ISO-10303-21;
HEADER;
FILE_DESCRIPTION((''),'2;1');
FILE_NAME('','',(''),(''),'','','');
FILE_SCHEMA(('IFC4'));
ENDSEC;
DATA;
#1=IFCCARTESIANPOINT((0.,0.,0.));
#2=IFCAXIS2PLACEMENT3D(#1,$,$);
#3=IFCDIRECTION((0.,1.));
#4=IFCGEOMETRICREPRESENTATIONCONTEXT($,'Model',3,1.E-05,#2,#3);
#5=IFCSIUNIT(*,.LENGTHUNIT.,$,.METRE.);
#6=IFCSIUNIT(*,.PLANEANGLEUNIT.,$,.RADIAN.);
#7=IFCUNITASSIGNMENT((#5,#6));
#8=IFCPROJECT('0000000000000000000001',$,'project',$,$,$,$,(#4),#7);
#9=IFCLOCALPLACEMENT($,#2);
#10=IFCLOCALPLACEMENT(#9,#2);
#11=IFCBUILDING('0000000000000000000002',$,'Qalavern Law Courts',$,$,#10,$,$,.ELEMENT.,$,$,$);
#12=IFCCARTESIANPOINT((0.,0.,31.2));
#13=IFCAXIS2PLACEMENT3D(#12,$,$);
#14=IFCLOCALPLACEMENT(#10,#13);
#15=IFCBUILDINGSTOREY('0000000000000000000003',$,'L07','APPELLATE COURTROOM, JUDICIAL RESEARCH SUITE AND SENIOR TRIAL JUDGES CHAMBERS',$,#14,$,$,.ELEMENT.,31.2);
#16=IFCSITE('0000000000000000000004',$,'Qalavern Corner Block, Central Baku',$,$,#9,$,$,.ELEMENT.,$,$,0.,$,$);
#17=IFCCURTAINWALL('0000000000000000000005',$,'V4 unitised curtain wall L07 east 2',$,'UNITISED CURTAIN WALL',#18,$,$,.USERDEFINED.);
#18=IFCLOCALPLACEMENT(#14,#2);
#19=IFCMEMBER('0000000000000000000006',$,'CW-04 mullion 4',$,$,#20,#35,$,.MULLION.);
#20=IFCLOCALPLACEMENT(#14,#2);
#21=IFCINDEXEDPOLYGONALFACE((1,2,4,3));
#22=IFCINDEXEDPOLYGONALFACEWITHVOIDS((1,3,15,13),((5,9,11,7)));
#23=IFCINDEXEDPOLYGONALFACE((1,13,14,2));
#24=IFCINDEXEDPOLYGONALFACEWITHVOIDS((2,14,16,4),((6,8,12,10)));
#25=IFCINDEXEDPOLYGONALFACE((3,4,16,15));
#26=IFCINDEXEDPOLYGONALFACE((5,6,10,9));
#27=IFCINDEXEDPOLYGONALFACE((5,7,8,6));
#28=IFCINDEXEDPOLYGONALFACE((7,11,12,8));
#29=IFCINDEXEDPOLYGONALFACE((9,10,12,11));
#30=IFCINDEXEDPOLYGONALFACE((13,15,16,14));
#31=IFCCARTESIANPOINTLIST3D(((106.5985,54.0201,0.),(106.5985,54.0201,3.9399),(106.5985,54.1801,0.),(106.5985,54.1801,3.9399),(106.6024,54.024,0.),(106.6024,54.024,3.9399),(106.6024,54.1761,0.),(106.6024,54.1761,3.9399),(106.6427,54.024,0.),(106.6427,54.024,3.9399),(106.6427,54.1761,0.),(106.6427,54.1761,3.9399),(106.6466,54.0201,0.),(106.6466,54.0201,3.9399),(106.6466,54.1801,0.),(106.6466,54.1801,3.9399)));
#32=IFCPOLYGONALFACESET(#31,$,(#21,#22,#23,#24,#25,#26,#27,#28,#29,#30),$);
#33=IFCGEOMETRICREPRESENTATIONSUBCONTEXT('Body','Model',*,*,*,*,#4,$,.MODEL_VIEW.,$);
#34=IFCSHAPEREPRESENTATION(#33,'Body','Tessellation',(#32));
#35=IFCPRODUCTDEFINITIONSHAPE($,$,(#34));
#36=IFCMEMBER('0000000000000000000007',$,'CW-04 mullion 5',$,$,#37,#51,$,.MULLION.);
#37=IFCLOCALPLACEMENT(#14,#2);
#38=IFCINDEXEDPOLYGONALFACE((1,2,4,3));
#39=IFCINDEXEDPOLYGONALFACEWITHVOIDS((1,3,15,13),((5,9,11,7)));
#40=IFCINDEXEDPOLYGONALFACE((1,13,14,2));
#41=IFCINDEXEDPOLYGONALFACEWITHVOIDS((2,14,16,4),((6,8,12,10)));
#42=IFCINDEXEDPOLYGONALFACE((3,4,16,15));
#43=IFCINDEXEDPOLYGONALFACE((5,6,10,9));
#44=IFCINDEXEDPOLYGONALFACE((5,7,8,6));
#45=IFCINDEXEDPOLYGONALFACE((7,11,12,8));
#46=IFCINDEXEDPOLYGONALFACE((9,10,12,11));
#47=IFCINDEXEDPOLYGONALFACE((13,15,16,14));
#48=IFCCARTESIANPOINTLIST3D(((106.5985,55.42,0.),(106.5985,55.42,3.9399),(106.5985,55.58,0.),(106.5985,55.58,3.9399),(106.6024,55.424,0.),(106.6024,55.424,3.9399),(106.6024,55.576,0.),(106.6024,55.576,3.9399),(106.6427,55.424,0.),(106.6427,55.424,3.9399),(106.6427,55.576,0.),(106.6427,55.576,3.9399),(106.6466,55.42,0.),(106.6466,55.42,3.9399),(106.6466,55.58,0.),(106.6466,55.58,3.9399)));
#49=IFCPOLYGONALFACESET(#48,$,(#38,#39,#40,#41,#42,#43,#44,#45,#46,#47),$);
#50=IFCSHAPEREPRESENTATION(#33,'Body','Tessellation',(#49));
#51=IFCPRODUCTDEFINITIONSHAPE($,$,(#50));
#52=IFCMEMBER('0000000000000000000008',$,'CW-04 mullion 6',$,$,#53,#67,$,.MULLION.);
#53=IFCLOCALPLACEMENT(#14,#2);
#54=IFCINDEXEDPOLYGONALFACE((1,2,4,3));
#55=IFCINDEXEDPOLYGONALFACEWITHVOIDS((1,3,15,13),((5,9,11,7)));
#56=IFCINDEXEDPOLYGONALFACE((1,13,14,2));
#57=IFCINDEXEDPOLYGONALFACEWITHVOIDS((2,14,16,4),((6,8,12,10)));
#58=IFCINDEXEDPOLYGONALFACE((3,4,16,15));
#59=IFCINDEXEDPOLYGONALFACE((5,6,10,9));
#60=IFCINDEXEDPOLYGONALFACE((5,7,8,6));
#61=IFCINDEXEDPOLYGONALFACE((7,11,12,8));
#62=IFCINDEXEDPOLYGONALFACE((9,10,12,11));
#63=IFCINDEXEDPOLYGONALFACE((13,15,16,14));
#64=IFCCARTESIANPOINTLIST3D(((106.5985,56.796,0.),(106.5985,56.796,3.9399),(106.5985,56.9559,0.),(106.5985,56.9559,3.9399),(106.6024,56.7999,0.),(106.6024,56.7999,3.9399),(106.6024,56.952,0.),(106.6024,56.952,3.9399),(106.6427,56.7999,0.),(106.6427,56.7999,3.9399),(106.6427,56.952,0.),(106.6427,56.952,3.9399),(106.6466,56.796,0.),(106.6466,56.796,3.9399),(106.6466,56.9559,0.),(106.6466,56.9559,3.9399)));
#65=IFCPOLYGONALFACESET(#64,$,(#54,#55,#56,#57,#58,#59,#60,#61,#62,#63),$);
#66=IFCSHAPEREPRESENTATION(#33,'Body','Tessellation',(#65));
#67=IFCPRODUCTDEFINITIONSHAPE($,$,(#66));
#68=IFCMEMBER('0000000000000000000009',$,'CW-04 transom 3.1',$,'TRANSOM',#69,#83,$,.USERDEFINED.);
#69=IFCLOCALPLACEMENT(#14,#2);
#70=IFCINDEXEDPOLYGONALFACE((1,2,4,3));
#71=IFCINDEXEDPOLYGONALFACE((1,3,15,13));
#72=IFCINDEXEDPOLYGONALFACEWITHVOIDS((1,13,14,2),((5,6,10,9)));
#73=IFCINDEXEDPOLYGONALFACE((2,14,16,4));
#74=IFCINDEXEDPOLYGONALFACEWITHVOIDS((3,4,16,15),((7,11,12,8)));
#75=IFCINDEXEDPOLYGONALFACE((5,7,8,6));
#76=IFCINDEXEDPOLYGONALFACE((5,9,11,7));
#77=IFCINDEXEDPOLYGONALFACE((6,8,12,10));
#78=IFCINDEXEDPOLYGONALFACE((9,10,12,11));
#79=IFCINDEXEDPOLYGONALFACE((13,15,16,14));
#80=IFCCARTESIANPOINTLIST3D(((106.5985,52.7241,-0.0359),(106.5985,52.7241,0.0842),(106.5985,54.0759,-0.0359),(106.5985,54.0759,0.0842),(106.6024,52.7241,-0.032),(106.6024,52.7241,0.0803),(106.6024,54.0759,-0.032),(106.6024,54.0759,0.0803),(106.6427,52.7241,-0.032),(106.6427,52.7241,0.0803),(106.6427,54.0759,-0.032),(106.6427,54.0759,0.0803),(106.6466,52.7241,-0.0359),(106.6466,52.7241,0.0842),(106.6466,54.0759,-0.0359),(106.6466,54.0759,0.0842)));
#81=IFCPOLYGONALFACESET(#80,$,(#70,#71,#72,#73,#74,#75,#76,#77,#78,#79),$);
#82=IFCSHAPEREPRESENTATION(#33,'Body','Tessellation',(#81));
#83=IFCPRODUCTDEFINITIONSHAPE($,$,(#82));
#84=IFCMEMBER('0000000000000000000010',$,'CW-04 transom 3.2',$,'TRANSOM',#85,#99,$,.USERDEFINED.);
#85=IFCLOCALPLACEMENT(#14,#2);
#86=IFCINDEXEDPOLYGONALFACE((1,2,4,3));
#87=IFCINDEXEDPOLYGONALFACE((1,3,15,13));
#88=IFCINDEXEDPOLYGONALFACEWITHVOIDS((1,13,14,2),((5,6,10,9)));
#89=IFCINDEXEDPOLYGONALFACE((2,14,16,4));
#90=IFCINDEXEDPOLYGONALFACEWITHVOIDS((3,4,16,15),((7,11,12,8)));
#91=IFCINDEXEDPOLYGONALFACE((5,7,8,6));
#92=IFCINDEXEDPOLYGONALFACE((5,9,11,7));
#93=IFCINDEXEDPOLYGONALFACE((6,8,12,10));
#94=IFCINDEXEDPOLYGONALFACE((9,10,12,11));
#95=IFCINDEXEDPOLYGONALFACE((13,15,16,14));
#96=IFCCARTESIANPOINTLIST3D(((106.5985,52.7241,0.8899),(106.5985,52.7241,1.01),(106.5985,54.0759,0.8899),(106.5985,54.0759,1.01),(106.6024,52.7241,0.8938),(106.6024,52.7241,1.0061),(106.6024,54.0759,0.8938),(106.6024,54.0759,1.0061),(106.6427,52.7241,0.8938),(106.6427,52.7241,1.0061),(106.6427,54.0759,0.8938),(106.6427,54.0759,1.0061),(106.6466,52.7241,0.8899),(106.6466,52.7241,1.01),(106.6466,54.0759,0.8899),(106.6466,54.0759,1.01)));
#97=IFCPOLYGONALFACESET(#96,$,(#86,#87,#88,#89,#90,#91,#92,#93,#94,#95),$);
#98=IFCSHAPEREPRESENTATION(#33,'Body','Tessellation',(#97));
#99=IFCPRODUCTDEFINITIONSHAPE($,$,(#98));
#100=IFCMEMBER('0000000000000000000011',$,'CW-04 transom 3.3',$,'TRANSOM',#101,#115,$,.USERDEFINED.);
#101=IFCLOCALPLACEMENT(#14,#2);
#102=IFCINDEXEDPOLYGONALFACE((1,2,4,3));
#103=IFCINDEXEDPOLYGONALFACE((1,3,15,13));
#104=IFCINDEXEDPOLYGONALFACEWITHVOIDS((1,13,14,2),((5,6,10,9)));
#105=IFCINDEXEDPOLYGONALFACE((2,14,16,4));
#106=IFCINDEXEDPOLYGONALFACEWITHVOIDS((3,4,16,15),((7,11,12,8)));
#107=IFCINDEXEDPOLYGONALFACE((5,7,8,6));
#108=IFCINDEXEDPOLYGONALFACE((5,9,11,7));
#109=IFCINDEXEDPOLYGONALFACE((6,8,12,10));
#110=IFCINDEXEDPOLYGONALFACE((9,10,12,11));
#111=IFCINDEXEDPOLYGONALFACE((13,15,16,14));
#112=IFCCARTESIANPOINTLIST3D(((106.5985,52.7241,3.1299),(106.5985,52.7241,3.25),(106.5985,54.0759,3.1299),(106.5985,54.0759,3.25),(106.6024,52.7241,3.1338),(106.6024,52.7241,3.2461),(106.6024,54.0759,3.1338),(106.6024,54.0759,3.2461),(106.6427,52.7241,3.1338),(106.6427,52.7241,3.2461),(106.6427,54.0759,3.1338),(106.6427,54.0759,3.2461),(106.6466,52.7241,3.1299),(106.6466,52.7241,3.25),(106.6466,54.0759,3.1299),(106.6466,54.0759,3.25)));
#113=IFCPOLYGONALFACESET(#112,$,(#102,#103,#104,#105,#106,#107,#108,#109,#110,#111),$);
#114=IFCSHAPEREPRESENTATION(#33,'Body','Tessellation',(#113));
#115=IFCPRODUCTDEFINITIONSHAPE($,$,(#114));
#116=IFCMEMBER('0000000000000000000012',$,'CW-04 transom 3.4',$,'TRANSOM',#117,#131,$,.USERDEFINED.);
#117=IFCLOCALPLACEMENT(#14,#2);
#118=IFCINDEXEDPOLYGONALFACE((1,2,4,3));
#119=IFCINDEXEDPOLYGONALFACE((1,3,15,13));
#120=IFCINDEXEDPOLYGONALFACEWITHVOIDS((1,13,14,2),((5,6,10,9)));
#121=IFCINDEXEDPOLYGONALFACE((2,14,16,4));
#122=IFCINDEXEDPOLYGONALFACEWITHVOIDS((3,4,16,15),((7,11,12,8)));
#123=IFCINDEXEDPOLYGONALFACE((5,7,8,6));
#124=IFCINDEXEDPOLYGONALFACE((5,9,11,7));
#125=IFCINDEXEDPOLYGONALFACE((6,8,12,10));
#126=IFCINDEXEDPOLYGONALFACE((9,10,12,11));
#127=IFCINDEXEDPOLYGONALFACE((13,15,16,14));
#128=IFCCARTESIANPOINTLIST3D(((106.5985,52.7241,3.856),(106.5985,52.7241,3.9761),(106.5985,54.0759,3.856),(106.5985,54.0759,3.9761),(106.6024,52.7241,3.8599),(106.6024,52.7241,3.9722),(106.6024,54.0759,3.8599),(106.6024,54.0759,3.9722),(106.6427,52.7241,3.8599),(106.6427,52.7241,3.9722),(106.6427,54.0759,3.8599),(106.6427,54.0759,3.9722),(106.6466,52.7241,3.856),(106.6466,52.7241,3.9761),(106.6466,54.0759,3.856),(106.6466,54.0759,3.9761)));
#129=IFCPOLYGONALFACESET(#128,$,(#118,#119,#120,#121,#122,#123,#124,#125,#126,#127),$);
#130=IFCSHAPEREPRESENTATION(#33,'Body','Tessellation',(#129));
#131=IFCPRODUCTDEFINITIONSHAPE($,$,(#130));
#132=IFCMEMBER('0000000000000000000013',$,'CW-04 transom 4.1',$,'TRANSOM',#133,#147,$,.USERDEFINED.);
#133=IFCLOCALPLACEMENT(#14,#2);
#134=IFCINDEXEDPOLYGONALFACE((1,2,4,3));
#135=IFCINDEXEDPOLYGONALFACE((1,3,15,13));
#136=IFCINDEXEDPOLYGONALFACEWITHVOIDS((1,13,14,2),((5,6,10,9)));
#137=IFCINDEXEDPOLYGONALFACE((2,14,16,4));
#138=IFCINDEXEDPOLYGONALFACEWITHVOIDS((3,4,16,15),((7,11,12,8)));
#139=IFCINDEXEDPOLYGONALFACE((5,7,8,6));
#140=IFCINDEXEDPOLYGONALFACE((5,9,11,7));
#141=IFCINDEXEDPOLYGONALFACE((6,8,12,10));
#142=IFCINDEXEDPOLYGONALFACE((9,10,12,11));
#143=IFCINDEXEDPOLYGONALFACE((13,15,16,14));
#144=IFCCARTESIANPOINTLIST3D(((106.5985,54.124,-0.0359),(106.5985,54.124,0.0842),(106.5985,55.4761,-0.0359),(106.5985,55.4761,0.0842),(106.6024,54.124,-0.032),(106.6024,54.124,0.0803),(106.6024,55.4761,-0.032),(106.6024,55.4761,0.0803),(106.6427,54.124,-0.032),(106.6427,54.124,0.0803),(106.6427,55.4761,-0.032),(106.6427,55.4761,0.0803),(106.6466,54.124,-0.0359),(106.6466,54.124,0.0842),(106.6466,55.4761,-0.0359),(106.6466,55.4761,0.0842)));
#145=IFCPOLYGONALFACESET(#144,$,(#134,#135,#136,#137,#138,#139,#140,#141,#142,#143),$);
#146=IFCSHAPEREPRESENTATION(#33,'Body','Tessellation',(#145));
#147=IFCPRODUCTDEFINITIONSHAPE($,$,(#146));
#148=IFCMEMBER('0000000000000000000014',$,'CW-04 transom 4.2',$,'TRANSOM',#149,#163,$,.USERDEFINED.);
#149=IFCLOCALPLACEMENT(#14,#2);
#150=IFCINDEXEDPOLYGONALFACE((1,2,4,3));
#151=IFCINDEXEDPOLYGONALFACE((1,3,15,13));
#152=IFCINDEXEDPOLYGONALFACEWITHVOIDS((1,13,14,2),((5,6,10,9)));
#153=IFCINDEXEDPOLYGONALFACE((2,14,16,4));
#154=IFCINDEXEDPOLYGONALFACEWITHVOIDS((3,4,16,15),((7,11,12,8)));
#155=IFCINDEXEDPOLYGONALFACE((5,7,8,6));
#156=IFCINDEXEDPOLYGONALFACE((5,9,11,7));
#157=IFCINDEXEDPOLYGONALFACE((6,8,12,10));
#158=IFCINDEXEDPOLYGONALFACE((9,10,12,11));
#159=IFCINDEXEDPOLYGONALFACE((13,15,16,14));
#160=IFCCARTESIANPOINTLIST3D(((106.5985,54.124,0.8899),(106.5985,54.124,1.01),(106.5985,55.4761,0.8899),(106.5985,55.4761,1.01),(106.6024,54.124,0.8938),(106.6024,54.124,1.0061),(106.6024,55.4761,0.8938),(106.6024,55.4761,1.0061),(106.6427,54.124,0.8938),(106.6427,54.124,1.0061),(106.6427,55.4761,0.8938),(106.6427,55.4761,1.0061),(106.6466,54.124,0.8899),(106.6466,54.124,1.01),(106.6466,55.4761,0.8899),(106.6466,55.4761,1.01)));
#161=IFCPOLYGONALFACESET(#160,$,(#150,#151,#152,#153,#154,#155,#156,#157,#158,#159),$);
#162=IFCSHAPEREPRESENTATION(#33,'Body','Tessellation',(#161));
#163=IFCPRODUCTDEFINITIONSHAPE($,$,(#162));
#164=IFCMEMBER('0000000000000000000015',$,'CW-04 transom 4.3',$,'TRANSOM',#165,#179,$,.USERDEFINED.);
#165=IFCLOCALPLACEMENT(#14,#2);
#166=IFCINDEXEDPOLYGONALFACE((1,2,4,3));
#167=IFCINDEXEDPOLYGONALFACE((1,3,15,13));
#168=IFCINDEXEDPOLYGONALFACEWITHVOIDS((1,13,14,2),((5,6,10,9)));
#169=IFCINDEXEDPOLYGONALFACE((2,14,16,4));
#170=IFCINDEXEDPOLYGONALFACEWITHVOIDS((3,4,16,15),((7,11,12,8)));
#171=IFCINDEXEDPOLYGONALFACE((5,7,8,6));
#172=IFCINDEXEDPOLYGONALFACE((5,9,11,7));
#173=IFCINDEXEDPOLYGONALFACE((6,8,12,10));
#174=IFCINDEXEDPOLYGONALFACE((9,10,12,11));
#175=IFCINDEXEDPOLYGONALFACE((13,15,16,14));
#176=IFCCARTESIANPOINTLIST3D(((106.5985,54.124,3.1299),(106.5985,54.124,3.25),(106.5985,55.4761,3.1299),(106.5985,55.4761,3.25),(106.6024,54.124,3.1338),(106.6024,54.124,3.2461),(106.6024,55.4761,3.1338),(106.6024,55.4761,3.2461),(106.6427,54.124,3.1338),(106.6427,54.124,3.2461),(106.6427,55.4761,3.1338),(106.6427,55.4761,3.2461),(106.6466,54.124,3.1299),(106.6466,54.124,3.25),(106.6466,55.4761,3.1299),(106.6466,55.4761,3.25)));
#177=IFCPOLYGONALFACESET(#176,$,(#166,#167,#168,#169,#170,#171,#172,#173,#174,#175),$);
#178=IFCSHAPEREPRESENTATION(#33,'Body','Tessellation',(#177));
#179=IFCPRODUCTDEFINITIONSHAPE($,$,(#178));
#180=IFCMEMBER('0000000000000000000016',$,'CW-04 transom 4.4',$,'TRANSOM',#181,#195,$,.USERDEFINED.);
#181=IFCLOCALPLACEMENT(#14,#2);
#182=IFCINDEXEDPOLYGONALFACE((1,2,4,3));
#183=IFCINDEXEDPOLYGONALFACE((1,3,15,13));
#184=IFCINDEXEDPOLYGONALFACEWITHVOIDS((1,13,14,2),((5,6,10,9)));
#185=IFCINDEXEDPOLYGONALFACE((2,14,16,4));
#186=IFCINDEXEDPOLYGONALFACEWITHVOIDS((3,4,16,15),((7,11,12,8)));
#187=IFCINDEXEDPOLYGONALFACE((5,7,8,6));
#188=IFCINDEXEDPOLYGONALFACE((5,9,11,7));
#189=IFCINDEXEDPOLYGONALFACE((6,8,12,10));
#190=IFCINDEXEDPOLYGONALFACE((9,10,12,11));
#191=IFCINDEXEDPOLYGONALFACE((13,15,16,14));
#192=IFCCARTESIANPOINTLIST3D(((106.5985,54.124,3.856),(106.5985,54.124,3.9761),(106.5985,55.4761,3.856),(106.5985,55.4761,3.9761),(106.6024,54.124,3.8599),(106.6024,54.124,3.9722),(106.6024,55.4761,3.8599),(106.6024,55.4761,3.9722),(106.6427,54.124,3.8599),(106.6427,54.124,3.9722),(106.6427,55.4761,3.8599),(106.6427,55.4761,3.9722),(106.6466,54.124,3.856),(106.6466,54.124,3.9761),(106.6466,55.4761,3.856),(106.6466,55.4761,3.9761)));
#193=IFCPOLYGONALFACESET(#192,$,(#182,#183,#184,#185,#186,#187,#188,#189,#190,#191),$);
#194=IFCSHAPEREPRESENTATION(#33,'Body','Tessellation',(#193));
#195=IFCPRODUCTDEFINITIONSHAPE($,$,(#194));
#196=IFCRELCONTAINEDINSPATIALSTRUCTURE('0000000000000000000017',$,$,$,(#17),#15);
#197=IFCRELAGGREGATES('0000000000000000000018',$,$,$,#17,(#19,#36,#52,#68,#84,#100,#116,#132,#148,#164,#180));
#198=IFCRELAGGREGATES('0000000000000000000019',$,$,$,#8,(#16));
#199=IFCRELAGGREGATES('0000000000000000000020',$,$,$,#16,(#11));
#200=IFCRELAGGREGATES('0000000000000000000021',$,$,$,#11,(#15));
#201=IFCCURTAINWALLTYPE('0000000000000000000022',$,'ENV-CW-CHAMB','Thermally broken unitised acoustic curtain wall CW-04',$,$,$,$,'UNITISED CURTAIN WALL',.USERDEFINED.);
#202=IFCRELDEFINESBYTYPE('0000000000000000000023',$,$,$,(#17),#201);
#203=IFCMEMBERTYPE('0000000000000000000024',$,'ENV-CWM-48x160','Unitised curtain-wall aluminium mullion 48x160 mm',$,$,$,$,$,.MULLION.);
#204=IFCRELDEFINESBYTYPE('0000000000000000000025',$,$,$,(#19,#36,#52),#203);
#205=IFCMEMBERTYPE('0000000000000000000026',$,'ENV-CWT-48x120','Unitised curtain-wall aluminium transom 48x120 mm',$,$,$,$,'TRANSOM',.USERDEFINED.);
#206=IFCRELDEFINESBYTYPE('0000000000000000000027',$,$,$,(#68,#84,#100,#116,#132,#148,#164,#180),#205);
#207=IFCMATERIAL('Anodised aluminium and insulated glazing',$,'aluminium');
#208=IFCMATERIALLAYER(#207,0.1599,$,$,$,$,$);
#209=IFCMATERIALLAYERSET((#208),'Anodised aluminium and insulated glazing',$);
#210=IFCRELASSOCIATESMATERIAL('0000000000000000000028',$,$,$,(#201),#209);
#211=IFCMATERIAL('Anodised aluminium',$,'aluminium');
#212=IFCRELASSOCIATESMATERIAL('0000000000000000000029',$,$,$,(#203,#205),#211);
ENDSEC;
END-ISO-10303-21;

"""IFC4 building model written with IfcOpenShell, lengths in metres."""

from ifc_helpers import new_model, si_unit, direction, frame, origin, origin_2d, place, context, subcontext, project, spatial, hollow_rectangle, extrude, material, layer, layer_set, material_profile, profile_set, type_object, element, aggregate, save


model = new_model("IFC4")

# Units and contexts
model_context = context("Model", 3, precision=1e-05, world=origin(), true_north=direction((0.0, 1.0)))
body_context = subcontext(model_context, "Body", "Model", "MODEL_VIEW")
ifc_project = project(units=[si_unit("LENGTHUNIT", "METRE"), si_unit("PLANEANGLEUNIT", "RADIAN")], contexts=[model_context])

# Site, building, storey
site_placement = place(None, origin())
site = spatial("IfcSite", under=ifc_project, at=site_placement, Name="Qalavern Corner Block, Central Baku", CompositionType="ELEMENT", RefElevation=0.0)
building_placement = place(site_placement, origin())
building = spatial("IfcBuilding", under=site, at=building_placement, Name="Qalavern Law Courts", CompositionType="ELEMENT")
storey_placement = place(building_placement, frame((0.0, 0.0, 31.2)))
storey = spatial("IfcBuildingStorey", under=building, at=storey_placement, Name="L07", Description="APPELLATE COURTROOM, JUDICIAL RESEARCH SUITE AND SENIOR TRIAL JUDGES CHAMBERS", CompositionType="ELEMENT", Elevation=31.2)

# Curtain wall, members
ifc_material_1 = material(Name="Anodised aluminium and insulated glazing", Category="aluminium")
ifc_layer_1 = layer(ifc_material_1, 0.1599)
ifc_layer_set_1 = layer_set([ifc_layer_1], Name="Anodised aluminium and insulated glazing")
curtain_wall_type = type_object("IfcCurtainWallType", Name="ENV-CW-CHAMB", Description="Thermally broken unitised acoustic curtain wall CW-04", ElementType="UNITISED CURTAIN WALL", PredefinedType="USERDEFINED", material=ifc_layer_set_1)
curtain_wall_placement = place(storey_placement, origin())
curtain_wall = element("IfcCurtainWall", 1, at=curtain_wall_placement, inside=storey, type_object=curtain_wall_type, Name="V4 unitised curtain wall L07 east 2", ObjectType="UNITISED CURTAIN WALL", PredefinedType="USERDEFINED")
ifc_material_2 = material(Name="Anodised aluminium", Category="aluminium")
ifc_material_profile_1 = material_profile(ifc_material_2, hollow_rectangle(XDim=0.0481, YDim=0.1599, WallThickness=0.0039, at=origin_2d()), Name="ALU MULLION 48x160")
ifc_profile_set_1 = profile_set([ifc_material_profile_1], Name="Anodised aluminium")
member_type_1 = type_object("IfcMemberType", Name="ENV-CWM-48x160", Description="Unitised curtain-wall aluminium mullion 48x160 mm", PredefinedType="MULLION", material=ifc_profile_set_1)
member_1_placement = place(storey_placement, frame((106.6226, 54.1001, 0.0), z_axis=(0.0, 0.0, 1.0), x_axis=(-1.0, 0.0, 0.0)))
member_1 = element("IfcMember", 2, at=member_1_placement, type_object=member_type_1, Name="CW-04 mullion 4", PredefinedType="MULLION", context=body_context, shape_type="SweptSolid", body=[
    extrude(hollow_rectangle(XDim=0.0481, YDim=0.1599, WallThickness=0.0039, at=origin_2d()), origin(), (0.0, 0.0, 1.0), 3.9399),
])
member_2_placement = place(storey_placement, frame((106.6226, 55.5, 0.0), z_axis=(0.0, 0.0, 1.0), x_axis=(-1.0, 0.0, 0.0)))
member_2 = element("IfcMember", 3, at=member_2_placement, type_object=member_type_1, Name="CW-04 mullion 5", PredefinedType="MULLION", context=body_context, shape_type="SweptSolid", body=[
    extrude(hollow_rectangle(XDim=0.0481, YDim=0.1599, WallThickness=0.0039, at=origin_2d()), origin(), (0.0, 0.0, 1.0), 3.9399),
])
member_3_placement = place(storey_placement, frame((106.6226, 56.876, 0.0), z_axis=(0.0, 0.0, 1.0), x_axis=(-1.0, 0.0, 0.0)))
member_3 = element("IfcMember", 4, at=member_3_placement, type_object=member_type_1, Name="CW-04 mullion 6", PredefinedType="MULLION", context=body_context, shape_type="SweptSolid", body=[
    extrude(hollow_rectangle(XDim=0.0481, YDim=0.1599, WallThickness=0.0039, at=origin_2d()), origin(), (0.0, 0.0, 1.0), 3.9399),
])
ifc_material_profile_2 = material_profile(ifc_material_2, hollow_rectangle(XDim=0.0481, YDim=0.1201, WallThickness=0.0039, at=origin_2d()), Name="ALU TRANSOM 48x120")
ifc_profile_set_2 = profile_set([ifc_material_profile_2], Name="Anodised aluminium")
member_type_2 = type_object("IfcMemberType", Name="ENV-CWT-48x120", Description="Unitised curtain-wall aluminium transom 48x120 mm", ElementType="TRANSOM", PredefinedType="USERDEFINED", material=ifc_profile_set_2)
member_4_placement = place(storey_placement, frame((106.6226, 52.7241, 0.0242), z_axis=(0.0, 1.0, 0.0), x_axis=(-1.0, 0.0, 0.0)))
member_4 = element("IfcMember", 5, at=member_4_placement, type_object=member_type_2, Name="CW-04 transom 3.1", ObjectType="TRANSOM", PredefinedType="USERDEFINED", context=body_context, shape_type="SweptSolid", body=[
    extrude(hollow_rectangle(XDim=0.0481, YDim=0.1201, WallThickness=0.0039, at=origin_2d()), origin(), (0.0, 0.0, 1.0), 1.3518),
])
member_5_placement = place(storey_placement, frame((106.6226, 52.7241, 0.95), z_axis=(0.0, 1.0, 0.0), x_axis=(-1.0, 0.0, 0.0)))
member_5 = element("IfcMember", 6, at=member_5_placement, type_object=member_type_2, Name="CW-04 transom 3.2", ObjectType="TRANSOM", PredefinedType="USERDEFINED", context=body_context, shape_type="SweptSolid", body=[
    extrude(hollow_rectangle(XDim=0.0481, YDim=0.1201, WallThickness=0.0039, at=origin_2d()), origin(), (0.0, 0.0, 1.0), 1.3518),
])
member_6_placement = place(storey_placement, frame((106.6226, 52.7241, 3.1899), z_axis=(0.0, 1.0, 0.0), x_axis=(-1.0, 0.0, 0.0)))
member_6 = element("IfcMember", 7, at=member_6_placement, type_object=member_type_2, Name="CW-04 transom 3.3", ObjectType="TRANSOM", PredefinedType="USERDEFINED", context=body_context, shape_type="SweptSolid", body=[
    extrude(hollow_rectangle(XDim=0.0481, YDim=0.1201, WallThickness=0.0039, at=origin_2d()), origin(), (0.0, 0.0, 1.0), 1.3518),
])
member_7_placement = place(storey_placement, frame((106.6226, 52.7241, 3.916), z_axis=(0.0, 1.0, 0.0), x_axis=(-1.0, 0.0, 0.0)))
member_7 = element("IfcMember", 8, at=member_7_placement, type_object=member_type_2, Name="CW-04 transom 3.4", ObjectType="TRANSOM", PredefinedType="USERDEFINED", context=body_context, shape_type="SweptSolid", body=[
    extrude(hollow_rectangle(XDim=0.0481, YDim=0.1201, WallThickness=0.0039, at=origin_2d()), origin(), (0.0, 0.0, 1.0), 1.3518),
])
member_8_placement = place(storey_placement, frame((106.6226, 54.124, 0.0242), z_axis=(0.0, 1.0, 0.0), x_axis=(-1.0, 0.0, 0.0)))
member_8 = element("IfcMember", 9, at=member_8_placement, type_object=member_type_2, Name="CW-04 transom 4.1", ObjectType="TRANSOM", PredefinedType="USERDEFINED", context=body_context, shape_type="SweptSolid", body=[
    extrude(hollow_rectangle(XDim=0.0481, YDim=0.1201, WallThickness=0.0039, at=origin_2d()), origin(), (0.0, 0.0, 1.0), 1.3521),
])
member_9_placement = place(storey_placement, frame((106.6226, 54.124, 0.95), z_axis=(0.0, 1.0, 0.0), x_axis=(-1.0, 0.0, 0.0)))
member_9 = element("IfcMember", 10, at=member_9_placement, type_object=member_type_2, Name="CW-04 transom 4.2", ObjectType="TRANSOM", PredefinedType="USERDEFINED", context=body_context, shape_type="SweptSolid", body=[
    extrude(hollow_rectangle(XDim=0.0481, YDim=0.1201, WallThickness=0.0039, at=origin_2d()), origin(), (0.0, 0.0, 1.0), 1.3521),
])
member_10_placement = place(storey_placement, frame((106.6226, 54.124, 3.1899), z_axis=(0.0, 1.0, 0.0), x_axis=(-1.0, 0.0, 0.0)))
member_10 = element("IfcMember", 11, at=member_10_placement, type_object=member_type_2, Name="CW-04 transom 4.3", ObjectType="TRANSOM", PredefinedType="USERDEFINED", context=body_context, shape_type="SweptSolid", body=[
    extrude(hollow_rectangle(XDim=0.0481, YDim=0.1201, WallThickness=0.0039, at=origin_2d()), origin(), (0.0, 0.0, 1.0), 1.3521),
])
member_11_placement = place(storey_placement, frame((106.6226, 54.124, 3.916), z_axis=(0.0, 1.0, 0.0), x_axis=(-1.0, 0.0, 0.0)))
member_11 = element("IfcMember", 12, at=member_11_placement, type_object=member_type_2, Name="CW-04 transom 4.4", ObjectType="TRANSOM", PredefinedType="USERDEFINED", context=body_context, shape_type="SweptSolid", body=[
    extrude(hollow_rectangle(XDim=0.0481, YDim=0.1201, WallThickness=0.0039, at=origin_2d()), origin(), (0.0, 0.0, 1.0), 1.3521),
])
aggregate(curtain_wall, [member_1, member_2, member_3, member_4, member_5, member_6, member_7, member_8, member_9, member_10, member_11])

save(model, "model.ifc")
